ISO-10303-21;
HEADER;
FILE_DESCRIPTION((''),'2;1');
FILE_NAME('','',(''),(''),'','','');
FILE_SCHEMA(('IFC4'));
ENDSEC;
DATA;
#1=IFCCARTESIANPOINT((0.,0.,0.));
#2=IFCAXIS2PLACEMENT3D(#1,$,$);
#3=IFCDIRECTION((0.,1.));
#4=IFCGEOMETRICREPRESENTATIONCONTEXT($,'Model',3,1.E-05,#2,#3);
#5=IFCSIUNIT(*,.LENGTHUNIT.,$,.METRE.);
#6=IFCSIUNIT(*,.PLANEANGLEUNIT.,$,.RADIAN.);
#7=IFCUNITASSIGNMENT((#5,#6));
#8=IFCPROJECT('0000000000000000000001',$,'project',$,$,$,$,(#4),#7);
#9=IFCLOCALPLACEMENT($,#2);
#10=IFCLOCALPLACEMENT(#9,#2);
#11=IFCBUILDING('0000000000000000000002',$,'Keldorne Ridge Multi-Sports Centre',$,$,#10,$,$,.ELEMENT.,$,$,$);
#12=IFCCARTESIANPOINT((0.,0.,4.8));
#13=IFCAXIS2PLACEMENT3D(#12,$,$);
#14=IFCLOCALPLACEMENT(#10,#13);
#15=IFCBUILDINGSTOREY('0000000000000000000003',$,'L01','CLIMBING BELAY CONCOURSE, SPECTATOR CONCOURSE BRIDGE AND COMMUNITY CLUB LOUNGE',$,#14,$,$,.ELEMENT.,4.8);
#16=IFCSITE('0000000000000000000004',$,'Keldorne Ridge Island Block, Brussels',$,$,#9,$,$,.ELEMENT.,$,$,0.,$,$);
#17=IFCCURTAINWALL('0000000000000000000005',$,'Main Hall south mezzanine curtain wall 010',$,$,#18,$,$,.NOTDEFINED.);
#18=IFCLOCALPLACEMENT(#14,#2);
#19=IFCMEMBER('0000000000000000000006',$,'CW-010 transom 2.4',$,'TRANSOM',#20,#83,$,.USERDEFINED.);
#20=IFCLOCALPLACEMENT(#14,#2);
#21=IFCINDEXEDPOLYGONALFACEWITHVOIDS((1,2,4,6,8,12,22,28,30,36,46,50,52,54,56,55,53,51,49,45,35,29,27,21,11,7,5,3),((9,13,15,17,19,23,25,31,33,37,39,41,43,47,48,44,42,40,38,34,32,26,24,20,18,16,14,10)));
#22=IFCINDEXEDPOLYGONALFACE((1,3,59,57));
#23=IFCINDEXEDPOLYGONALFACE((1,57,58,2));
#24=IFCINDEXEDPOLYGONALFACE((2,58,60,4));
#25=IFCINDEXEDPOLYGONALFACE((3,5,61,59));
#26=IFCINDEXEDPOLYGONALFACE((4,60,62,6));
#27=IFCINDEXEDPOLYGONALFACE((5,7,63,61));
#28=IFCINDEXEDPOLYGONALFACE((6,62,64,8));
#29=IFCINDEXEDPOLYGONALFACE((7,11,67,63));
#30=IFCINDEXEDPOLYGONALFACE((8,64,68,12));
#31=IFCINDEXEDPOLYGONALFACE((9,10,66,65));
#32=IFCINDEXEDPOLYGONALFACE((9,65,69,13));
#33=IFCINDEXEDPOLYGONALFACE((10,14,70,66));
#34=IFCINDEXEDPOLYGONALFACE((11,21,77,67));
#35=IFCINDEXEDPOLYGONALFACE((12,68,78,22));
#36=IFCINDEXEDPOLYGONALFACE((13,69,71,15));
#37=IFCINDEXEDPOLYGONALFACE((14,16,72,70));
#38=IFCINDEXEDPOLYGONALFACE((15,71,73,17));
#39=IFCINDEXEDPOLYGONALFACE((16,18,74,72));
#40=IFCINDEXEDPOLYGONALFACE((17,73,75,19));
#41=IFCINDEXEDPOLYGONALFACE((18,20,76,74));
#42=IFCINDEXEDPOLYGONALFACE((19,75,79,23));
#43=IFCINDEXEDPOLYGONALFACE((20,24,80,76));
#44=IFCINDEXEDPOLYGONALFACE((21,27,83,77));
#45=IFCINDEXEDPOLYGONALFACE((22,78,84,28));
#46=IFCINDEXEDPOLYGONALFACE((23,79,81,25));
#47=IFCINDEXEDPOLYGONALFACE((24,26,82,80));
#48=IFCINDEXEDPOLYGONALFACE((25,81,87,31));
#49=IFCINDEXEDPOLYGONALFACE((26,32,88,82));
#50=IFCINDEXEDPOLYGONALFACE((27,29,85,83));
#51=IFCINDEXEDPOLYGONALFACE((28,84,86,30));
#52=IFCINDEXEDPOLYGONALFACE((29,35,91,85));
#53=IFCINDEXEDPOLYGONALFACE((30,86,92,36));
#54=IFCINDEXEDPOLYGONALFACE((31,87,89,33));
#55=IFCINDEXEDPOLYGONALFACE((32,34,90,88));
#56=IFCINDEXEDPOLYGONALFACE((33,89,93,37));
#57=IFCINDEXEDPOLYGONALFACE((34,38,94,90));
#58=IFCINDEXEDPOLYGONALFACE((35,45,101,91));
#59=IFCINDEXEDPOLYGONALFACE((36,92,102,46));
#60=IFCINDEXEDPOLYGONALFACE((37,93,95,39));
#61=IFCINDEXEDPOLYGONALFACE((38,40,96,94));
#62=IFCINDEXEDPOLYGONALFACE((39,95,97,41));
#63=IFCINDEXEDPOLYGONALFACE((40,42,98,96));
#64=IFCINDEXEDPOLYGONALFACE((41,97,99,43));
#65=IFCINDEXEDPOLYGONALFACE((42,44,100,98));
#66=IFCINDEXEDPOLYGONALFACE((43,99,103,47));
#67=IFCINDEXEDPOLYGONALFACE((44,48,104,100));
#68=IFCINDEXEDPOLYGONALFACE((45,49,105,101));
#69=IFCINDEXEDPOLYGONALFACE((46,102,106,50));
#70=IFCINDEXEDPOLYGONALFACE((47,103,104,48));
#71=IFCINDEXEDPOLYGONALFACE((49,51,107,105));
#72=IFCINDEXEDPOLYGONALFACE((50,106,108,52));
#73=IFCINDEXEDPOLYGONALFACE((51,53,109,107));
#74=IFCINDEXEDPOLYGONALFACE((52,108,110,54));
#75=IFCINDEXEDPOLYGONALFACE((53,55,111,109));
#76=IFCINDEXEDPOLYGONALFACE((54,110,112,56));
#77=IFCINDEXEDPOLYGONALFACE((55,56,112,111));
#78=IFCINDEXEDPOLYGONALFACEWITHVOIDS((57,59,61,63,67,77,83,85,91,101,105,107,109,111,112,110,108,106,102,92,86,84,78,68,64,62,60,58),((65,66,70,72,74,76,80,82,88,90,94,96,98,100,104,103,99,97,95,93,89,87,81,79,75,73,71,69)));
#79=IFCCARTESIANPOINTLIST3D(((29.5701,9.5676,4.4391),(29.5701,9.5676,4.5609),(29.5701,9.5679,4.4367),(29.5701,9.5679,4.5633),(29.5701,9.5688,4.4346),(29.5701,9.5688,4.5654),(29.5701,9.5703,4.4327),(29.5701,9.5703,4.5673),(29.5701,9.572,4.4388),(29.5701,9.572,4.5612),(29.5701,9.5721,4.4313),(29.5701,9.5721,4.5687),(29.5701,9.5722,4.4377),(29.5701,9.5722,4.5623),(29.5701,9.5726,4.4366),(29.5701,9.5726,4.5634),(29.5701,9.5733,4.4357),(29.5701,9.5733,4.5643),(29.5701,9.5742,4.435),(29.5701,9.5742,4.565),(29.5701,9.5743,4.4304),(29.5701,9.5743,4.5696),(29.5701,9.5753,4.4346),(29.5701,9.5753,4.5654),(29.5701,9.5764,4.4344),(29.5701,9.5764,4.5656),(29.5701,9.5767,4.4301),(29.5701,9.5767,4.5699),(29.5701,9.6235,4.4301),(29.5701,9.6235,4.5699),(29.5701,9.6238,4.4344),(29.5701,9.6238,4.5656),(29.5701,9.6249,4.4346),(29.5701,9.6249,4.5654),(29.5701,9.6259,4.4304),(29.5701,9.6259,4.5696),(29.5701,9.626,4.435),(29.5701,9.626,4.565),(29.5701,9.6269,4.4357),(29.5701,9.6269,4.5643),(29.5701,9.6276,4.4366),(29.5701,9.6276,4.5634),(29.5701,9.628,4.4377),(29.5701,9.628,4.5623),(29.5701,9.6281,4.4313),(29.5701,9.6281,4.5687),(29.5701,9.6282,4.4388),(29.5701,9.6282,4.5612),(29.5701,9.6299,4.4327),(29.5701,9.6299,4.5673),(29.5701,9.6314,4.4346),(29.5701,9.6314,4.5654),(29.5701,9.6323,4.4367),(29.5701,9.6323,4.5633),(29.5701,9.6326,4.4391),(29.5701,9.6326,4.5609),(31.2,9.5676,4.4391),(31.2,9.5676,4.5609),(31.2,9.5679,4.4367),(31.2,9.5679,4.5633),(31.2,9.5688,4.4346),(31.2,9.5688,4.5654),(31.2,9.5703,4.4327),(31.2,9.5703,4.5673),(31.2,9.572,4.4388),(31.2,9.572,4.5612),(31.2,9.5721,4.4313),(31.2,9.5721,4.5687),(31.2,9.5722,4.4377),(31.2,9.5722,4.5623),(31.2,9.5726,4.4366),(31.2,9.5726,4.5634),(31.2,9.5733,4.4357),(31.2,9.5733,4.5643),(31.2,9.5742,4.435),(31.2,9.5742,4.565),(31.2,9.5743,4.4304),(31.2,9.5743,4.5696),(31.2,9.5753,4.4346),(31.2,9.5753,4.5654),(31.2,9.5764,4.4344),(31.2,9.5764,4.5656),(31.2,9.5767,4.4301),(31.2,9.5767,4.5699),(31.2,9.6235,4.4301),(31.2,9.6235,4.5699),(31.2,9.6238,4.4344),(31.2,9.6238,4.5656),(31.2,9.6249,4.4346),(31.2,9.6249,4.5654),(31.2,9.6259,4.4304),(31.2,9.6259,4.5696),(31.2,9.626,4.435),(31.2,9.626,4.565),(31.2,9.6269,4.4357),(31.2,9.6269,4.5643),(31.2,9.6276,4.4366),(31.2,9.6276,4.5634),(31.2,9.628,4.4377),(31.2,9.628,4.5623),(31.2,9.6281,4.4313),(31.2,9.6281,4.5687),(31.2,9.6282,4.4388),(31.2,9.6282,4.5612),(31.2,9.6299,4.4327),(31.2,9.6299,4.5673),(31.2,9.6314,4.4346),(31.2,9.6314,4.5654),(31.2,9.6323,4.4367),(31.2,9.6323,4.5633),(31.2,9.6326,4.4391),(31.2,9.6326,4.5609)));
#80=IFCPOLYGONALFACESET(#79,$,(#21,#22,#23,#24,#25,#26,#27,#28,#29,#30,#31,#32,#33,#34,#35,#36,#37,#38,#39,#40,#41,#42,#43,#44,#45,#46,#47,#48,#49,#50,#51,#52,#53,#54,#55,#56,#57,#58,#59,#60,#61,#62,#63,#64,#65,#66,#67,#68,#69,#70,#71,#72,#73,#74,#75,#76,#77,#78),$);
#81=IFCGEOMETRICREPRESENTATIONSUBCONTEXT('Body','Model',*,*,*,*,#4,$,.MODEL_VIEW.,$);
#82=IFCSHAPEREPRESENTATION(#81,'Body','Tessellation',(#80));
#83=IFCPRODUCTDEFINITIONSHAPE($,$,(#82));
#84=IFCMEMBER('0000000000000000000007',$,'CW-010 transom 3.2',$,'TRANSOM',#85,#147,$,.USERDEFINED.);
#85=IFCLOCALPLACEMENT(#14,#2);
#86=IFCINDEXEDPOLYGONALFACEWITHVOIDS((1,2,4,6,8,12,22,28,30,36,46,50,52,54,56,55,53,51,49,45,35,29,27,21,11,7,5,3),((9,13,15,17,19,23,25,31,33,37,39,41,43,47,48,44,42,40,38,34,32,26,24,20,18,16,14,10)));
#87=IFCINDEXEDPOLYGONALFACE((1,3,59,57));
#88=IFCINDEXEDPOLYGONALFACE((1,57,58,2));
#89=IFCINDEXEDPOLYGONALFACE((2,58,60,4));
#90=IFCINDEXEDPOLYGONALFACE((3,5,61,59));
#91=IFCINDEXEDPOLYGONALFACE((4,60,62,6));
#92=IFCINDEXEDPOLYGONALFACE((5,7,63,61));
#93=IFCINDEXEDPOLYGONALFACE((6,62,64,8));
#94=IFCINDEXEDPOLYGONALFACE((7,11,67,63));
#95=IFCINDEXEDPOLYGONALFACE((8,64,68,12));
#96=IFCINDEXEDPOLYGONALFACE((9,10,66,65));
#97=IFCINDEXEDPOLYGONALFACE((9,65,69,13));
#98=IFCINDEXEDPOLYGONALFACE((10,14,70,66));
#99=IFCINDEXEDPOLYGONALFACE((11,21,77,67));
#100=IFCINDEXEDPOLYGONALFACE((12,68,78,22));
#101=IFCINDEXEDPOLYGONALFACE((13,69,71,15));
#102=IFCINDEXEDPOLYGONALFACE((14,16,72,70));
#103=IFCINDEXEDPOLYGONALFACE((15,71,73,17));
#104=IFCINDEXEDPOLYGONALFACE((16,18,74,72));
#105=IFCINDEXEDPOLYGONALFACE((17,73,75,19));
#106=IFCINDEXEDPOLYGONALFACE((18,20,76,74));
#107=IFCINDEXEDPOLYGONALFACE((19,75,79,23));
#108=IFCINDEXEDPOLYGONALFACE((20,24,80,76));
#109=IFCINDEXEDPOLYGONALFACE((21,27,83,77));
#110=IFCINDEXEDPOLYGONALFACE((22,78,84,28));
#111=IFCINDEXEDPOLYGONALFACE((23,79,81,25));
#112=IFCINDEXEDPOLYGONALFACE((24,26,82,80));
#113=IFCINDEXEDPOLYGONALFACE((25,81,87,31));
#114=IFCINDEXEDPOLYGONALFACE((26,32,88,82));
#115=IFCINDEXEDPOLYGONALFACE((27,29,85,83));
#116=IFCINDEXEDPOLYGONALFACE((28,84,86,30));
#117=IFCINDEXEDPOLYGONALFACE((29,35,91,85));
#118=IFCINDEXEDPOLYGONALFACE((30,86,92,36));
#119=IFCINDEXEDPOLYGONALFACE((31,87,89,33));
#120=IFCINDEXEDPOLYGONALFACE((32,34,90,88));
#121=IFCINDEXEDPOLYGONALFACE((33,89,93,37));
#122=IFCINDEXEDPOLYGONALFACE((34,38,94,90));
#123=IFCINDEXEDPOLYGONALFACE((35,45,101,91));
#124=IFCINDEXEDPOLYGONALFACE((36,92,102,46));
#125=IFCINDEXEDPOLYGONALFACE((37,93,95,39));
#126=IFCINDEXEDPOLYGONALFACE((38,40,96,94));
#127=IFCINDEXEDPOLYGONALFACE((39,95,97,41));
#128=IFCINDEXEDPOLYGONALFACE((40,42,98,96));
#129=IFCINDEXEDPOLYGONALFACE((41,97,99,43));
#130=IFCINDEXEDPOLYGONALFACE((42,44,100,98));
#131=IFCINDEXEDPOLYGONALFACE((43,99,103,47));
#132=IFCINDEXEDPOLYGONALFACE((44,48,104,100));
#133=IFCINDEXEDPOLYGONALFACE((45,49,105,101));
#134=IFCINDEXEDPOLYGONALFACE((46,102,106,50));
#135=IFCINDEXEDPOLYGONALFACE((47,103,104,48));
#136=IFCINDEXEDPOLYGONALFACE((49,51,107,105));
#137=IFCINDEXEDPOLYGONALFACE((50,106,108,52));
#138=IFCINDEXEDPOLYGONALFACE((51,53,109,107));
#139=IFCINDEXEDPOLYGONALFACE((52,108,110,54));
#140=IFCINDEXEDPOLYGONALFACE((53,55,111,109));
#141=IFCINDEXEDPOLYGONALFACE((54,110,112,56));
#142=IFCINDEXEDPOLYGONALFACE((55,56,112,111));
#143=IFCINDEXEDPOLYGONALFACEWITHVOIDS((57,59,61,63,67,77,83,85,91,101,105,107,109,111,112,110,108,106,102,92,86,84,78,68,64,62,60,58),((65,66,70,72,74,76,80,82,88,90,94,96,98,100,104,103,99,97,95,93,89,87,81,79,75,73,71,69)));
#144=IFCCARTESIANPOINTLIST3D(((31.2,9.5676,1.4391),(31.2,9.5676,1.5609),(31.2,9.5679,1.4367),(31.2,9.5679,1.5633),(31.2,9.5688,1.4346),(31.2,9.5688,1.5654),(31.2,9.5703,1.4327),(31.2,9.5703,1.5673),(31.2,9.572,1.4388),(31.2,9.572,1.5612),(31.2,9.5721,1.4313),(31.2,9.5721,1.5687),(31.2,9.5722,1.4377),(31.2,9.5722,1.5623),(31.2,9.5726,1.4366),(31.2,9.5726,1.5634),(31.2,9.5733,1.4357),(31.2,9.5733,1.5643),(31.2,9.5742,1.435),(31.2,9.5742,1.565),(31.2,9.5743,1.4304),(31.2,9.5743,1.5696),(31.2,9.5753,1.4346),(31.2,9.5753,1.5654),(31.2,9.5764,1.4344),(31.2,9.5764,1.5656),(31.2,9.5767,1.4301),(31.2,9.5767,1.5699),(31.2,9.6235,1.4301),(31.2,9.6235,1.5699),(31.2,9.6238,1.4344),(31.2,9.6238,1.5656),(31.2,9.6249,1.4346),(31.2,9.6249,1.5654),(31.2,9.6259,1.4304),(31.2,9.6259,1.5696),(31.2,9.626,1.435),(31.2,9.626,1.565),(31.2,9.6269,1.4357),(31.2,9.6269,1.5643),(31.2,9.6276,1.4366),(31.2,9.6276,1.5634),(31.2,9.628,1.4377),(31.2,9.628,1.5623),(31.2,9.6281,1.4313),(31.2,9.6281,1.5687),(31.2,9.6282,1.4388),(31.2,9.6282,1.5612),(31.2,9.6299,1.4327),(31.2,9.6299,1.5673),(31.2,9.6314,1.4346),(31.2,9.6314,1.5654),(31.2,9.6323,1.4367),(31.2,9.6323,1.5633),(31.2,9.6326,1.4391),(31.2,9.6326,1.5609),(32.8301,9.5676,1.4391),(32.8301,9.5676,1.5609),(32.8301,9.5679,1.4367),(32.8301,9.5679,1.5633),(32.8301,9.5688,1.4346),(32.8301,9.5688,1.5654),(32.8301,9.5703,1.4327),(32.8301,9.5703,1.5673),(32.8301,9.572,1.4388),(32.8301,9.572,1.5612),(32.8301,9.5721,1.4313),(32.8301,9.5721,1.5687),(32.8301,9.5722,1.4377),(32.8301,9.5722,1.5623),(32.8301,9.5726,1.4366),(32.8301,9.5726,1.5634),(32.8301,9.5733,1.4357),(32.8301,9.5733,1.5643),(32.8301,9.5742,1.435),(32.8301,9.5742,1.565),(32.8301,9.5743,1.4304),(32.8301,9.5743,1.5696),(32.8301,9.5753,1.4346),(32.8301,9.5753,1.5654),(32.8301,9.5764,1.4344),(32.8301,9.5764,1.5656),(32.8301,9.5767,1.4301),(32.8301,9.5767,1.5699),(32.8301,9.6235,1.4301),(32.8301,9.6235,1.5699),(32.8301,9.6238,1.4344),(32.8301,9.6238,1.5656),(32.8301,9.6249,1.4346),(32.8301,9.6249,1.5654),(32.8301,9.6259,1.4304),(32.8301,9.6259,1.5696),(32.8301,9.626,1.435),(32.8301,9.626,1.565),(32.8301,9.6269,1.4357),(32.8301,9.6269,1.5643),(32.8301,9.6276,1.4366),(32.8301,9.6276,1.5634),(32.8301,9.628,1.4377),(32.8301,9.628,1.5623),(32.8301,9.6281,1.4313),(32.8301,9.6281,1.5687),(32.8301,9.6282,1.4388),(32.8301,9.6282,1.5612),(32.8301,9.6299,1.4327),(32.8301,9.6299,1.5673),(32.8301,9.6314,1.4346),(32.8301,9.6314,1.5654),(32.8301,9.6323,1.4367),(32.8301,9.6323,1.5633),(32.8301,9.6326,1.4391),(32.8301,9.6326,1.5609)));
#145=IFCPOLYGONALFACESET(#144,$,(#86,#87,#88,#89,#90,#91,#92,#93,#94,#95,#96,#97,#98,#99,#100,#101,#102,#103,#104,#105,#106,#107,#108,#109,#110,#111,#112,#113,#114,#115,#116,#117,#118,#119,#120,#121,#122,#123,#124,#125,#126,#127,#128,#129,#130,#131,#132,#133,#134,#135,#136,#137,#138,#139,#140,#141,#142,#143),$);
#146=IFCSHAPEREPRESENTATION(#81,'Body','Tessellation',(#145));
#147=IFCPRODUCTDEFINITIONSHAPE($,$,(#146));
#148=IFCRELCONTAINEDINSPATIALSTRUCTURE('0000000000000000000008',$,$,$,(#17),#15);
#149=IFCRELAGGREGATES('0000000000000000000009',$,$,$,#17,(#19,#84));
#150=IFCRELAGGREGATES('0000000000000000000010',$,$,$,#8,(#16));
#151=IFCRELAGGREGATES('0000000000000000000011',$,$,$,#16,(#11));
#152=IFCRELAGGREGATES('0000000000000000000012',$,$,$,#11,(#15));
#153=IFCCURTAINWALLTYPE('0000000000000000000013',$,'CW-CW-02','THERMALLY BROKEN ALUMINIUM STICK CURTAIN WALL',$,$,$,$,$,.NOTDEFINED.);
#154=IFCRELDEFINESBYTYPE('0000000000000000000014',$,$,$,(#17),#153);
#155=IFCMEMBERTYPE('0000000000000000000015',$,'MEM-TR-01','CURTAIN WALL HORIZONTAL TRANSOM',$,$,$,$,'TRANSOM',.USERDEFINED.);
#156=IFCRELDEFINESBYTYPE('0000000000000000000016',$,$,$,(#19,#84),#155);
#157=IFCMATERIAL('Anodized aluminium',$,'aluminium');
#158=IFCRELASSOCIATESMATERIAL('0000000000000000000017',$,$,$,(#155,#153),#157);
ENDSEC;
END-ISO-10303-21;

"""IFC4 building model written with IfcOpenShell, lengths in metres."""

from ifc_helpers import new_model, si_unit, direction, frame, origin, origin_2d, place, context, subcontext, project, spatial, hollow_rectangle, extrude, material, material_profile, profile_set, type_object, element, aggregate, save


model = new_model("IFC4")

# Units and contexts
model_context = context("Model", 3, precision=1e-05, world=origin(), true_north=direction((0.0, 1.0)))
body_context = subcontext(model_context, "Body", "Model", "MODEL_VIEW")
ifc_project = project(units=[si_unit("LENGTHUNIT", "METRE"), si_unit("PLANEANGLEUNIT", "RADIAN")], contexts=[model_context])

# Site, building, storey
site_placement = place(None, origin())
site = spatial("IfcSite", under=ifc_project, at=site_placement, Name="Keldorne Ridge Island Block, Brussels", CompositionType="ELEMENT", RefElevation=0.0)
building_placement = place(site_placement, origin())
building = spatial("IfcBuilding", under=site, at=building_placement, Name="Keldorne Ridge Multi-Sports Centre", CompositionType="ELEMENT")
storey_placement = place(building_placement, frame((0.0, 0.0, 4.8)))
storey = spatial("IfcBuildingStorey", under=building, at=storey_placement, Name="L01", Description="CLIMBING BELAY CONCOURSE, SPECTATOR CONCOURSE BRIDGE AND COMMUNITY CLUB LOUNGE", CompositionType="ELEMENT", Elevation=4.8)

# Curtain wall, members
ifc_material_1 = material(Name="Anodized aluminium", Category="aluminium")
ifc_material_profile_1 = material_profile(ifc_material_1, hollow_rectangle(XDim=0.0649, YDim=0.1399, WallThickness=0.0044, InnerFilletRadius=0.0044, OuterFilletRadius=0.009, at=origin_2d()), Name="ALU TRANSOM 140x65x4.5")
ifc_profile_set_1 = profile_set([ifc_material_profile_1], Name="Anodized aluminium")
member_type = type_object("IfcMemberType", Name="MEM-TR-01", Description="CURTAIN WALL HORIZONTAL TRANSOM", ElementType="TRANSOM", PredefinedType="USERDEFINED", material=ifc_profile_set_1)
curtain_wall_type_1 = type_object("IfcCurtainWallType", Name="CW-CW-02", Description="THERMALLY BROKEN ALUMINIUM STICK CURTAIN WALL", PredefinedType="NOTDEFINED", material=ifc_material_1)
curtain_wall_1_placement = place(storey_placement, origin())
curtain_wall_1 = element("IfcCurtainWall", 1, at=curtain_wall_1_placement, inside=storey, type_object=curtain_wall_type_1, Name="Main Hall south mezzanine curtain wall 010", PredefinedType="NOTDEFINED")
member_1_placement = place(storey_placement, frame((29.5701, 9.6001, 4.5), z_axis=(1.0, 0.0, 0.0), x_axis=(0.0, 1.0, 0.0)))
member_1 = element("IfcMember", 2, at=member_1_placement, type_object=member_type, Name="CW-010 transom 2.4", ObjectType="TRANSOM", PredefinedType="USERDEFINED", context=body_context, shape_type="SweptSolid", body=[
    extrude(hollow_rectangle(XDim=0.0649, YDim=0.1399, WallThickness=0.0044, InnerFilletRadius=0.0044, OuterFilletRadius=0.009, at=origin_2d()), origin(), (0.0, 0.0, 1.0), 1.6299),
])
member_2_placement = place(storey_placement, frame((31.2, 9.6001, 1.5), z_axis=(1.0, 0.0, 0.0), x_axis=(0.0, 1.0, 0.0)))
member_2 = element("IfcMember", 3, at=member_2_placement, type_object=member_type, Name="CW-010 transom 3.2", ObjectType="TRANSOM", PredefinedType="USERDEFINED", context=body_context, shape_type="SweptSolid", body=[
    extrude(hollow_rectangle(XDim=0.0649, YDim=0.1399, WallThickness=0.0044, InnerFilletRadius=0.0044, OuterFilletRadius=0.009, at=origin_2d()), origin(), (0.0, 0.0, 1.0), 1.6301),
])

aggregate(curtain_wall_1, [member_1, member_2])

save(model, "model.ifc")
